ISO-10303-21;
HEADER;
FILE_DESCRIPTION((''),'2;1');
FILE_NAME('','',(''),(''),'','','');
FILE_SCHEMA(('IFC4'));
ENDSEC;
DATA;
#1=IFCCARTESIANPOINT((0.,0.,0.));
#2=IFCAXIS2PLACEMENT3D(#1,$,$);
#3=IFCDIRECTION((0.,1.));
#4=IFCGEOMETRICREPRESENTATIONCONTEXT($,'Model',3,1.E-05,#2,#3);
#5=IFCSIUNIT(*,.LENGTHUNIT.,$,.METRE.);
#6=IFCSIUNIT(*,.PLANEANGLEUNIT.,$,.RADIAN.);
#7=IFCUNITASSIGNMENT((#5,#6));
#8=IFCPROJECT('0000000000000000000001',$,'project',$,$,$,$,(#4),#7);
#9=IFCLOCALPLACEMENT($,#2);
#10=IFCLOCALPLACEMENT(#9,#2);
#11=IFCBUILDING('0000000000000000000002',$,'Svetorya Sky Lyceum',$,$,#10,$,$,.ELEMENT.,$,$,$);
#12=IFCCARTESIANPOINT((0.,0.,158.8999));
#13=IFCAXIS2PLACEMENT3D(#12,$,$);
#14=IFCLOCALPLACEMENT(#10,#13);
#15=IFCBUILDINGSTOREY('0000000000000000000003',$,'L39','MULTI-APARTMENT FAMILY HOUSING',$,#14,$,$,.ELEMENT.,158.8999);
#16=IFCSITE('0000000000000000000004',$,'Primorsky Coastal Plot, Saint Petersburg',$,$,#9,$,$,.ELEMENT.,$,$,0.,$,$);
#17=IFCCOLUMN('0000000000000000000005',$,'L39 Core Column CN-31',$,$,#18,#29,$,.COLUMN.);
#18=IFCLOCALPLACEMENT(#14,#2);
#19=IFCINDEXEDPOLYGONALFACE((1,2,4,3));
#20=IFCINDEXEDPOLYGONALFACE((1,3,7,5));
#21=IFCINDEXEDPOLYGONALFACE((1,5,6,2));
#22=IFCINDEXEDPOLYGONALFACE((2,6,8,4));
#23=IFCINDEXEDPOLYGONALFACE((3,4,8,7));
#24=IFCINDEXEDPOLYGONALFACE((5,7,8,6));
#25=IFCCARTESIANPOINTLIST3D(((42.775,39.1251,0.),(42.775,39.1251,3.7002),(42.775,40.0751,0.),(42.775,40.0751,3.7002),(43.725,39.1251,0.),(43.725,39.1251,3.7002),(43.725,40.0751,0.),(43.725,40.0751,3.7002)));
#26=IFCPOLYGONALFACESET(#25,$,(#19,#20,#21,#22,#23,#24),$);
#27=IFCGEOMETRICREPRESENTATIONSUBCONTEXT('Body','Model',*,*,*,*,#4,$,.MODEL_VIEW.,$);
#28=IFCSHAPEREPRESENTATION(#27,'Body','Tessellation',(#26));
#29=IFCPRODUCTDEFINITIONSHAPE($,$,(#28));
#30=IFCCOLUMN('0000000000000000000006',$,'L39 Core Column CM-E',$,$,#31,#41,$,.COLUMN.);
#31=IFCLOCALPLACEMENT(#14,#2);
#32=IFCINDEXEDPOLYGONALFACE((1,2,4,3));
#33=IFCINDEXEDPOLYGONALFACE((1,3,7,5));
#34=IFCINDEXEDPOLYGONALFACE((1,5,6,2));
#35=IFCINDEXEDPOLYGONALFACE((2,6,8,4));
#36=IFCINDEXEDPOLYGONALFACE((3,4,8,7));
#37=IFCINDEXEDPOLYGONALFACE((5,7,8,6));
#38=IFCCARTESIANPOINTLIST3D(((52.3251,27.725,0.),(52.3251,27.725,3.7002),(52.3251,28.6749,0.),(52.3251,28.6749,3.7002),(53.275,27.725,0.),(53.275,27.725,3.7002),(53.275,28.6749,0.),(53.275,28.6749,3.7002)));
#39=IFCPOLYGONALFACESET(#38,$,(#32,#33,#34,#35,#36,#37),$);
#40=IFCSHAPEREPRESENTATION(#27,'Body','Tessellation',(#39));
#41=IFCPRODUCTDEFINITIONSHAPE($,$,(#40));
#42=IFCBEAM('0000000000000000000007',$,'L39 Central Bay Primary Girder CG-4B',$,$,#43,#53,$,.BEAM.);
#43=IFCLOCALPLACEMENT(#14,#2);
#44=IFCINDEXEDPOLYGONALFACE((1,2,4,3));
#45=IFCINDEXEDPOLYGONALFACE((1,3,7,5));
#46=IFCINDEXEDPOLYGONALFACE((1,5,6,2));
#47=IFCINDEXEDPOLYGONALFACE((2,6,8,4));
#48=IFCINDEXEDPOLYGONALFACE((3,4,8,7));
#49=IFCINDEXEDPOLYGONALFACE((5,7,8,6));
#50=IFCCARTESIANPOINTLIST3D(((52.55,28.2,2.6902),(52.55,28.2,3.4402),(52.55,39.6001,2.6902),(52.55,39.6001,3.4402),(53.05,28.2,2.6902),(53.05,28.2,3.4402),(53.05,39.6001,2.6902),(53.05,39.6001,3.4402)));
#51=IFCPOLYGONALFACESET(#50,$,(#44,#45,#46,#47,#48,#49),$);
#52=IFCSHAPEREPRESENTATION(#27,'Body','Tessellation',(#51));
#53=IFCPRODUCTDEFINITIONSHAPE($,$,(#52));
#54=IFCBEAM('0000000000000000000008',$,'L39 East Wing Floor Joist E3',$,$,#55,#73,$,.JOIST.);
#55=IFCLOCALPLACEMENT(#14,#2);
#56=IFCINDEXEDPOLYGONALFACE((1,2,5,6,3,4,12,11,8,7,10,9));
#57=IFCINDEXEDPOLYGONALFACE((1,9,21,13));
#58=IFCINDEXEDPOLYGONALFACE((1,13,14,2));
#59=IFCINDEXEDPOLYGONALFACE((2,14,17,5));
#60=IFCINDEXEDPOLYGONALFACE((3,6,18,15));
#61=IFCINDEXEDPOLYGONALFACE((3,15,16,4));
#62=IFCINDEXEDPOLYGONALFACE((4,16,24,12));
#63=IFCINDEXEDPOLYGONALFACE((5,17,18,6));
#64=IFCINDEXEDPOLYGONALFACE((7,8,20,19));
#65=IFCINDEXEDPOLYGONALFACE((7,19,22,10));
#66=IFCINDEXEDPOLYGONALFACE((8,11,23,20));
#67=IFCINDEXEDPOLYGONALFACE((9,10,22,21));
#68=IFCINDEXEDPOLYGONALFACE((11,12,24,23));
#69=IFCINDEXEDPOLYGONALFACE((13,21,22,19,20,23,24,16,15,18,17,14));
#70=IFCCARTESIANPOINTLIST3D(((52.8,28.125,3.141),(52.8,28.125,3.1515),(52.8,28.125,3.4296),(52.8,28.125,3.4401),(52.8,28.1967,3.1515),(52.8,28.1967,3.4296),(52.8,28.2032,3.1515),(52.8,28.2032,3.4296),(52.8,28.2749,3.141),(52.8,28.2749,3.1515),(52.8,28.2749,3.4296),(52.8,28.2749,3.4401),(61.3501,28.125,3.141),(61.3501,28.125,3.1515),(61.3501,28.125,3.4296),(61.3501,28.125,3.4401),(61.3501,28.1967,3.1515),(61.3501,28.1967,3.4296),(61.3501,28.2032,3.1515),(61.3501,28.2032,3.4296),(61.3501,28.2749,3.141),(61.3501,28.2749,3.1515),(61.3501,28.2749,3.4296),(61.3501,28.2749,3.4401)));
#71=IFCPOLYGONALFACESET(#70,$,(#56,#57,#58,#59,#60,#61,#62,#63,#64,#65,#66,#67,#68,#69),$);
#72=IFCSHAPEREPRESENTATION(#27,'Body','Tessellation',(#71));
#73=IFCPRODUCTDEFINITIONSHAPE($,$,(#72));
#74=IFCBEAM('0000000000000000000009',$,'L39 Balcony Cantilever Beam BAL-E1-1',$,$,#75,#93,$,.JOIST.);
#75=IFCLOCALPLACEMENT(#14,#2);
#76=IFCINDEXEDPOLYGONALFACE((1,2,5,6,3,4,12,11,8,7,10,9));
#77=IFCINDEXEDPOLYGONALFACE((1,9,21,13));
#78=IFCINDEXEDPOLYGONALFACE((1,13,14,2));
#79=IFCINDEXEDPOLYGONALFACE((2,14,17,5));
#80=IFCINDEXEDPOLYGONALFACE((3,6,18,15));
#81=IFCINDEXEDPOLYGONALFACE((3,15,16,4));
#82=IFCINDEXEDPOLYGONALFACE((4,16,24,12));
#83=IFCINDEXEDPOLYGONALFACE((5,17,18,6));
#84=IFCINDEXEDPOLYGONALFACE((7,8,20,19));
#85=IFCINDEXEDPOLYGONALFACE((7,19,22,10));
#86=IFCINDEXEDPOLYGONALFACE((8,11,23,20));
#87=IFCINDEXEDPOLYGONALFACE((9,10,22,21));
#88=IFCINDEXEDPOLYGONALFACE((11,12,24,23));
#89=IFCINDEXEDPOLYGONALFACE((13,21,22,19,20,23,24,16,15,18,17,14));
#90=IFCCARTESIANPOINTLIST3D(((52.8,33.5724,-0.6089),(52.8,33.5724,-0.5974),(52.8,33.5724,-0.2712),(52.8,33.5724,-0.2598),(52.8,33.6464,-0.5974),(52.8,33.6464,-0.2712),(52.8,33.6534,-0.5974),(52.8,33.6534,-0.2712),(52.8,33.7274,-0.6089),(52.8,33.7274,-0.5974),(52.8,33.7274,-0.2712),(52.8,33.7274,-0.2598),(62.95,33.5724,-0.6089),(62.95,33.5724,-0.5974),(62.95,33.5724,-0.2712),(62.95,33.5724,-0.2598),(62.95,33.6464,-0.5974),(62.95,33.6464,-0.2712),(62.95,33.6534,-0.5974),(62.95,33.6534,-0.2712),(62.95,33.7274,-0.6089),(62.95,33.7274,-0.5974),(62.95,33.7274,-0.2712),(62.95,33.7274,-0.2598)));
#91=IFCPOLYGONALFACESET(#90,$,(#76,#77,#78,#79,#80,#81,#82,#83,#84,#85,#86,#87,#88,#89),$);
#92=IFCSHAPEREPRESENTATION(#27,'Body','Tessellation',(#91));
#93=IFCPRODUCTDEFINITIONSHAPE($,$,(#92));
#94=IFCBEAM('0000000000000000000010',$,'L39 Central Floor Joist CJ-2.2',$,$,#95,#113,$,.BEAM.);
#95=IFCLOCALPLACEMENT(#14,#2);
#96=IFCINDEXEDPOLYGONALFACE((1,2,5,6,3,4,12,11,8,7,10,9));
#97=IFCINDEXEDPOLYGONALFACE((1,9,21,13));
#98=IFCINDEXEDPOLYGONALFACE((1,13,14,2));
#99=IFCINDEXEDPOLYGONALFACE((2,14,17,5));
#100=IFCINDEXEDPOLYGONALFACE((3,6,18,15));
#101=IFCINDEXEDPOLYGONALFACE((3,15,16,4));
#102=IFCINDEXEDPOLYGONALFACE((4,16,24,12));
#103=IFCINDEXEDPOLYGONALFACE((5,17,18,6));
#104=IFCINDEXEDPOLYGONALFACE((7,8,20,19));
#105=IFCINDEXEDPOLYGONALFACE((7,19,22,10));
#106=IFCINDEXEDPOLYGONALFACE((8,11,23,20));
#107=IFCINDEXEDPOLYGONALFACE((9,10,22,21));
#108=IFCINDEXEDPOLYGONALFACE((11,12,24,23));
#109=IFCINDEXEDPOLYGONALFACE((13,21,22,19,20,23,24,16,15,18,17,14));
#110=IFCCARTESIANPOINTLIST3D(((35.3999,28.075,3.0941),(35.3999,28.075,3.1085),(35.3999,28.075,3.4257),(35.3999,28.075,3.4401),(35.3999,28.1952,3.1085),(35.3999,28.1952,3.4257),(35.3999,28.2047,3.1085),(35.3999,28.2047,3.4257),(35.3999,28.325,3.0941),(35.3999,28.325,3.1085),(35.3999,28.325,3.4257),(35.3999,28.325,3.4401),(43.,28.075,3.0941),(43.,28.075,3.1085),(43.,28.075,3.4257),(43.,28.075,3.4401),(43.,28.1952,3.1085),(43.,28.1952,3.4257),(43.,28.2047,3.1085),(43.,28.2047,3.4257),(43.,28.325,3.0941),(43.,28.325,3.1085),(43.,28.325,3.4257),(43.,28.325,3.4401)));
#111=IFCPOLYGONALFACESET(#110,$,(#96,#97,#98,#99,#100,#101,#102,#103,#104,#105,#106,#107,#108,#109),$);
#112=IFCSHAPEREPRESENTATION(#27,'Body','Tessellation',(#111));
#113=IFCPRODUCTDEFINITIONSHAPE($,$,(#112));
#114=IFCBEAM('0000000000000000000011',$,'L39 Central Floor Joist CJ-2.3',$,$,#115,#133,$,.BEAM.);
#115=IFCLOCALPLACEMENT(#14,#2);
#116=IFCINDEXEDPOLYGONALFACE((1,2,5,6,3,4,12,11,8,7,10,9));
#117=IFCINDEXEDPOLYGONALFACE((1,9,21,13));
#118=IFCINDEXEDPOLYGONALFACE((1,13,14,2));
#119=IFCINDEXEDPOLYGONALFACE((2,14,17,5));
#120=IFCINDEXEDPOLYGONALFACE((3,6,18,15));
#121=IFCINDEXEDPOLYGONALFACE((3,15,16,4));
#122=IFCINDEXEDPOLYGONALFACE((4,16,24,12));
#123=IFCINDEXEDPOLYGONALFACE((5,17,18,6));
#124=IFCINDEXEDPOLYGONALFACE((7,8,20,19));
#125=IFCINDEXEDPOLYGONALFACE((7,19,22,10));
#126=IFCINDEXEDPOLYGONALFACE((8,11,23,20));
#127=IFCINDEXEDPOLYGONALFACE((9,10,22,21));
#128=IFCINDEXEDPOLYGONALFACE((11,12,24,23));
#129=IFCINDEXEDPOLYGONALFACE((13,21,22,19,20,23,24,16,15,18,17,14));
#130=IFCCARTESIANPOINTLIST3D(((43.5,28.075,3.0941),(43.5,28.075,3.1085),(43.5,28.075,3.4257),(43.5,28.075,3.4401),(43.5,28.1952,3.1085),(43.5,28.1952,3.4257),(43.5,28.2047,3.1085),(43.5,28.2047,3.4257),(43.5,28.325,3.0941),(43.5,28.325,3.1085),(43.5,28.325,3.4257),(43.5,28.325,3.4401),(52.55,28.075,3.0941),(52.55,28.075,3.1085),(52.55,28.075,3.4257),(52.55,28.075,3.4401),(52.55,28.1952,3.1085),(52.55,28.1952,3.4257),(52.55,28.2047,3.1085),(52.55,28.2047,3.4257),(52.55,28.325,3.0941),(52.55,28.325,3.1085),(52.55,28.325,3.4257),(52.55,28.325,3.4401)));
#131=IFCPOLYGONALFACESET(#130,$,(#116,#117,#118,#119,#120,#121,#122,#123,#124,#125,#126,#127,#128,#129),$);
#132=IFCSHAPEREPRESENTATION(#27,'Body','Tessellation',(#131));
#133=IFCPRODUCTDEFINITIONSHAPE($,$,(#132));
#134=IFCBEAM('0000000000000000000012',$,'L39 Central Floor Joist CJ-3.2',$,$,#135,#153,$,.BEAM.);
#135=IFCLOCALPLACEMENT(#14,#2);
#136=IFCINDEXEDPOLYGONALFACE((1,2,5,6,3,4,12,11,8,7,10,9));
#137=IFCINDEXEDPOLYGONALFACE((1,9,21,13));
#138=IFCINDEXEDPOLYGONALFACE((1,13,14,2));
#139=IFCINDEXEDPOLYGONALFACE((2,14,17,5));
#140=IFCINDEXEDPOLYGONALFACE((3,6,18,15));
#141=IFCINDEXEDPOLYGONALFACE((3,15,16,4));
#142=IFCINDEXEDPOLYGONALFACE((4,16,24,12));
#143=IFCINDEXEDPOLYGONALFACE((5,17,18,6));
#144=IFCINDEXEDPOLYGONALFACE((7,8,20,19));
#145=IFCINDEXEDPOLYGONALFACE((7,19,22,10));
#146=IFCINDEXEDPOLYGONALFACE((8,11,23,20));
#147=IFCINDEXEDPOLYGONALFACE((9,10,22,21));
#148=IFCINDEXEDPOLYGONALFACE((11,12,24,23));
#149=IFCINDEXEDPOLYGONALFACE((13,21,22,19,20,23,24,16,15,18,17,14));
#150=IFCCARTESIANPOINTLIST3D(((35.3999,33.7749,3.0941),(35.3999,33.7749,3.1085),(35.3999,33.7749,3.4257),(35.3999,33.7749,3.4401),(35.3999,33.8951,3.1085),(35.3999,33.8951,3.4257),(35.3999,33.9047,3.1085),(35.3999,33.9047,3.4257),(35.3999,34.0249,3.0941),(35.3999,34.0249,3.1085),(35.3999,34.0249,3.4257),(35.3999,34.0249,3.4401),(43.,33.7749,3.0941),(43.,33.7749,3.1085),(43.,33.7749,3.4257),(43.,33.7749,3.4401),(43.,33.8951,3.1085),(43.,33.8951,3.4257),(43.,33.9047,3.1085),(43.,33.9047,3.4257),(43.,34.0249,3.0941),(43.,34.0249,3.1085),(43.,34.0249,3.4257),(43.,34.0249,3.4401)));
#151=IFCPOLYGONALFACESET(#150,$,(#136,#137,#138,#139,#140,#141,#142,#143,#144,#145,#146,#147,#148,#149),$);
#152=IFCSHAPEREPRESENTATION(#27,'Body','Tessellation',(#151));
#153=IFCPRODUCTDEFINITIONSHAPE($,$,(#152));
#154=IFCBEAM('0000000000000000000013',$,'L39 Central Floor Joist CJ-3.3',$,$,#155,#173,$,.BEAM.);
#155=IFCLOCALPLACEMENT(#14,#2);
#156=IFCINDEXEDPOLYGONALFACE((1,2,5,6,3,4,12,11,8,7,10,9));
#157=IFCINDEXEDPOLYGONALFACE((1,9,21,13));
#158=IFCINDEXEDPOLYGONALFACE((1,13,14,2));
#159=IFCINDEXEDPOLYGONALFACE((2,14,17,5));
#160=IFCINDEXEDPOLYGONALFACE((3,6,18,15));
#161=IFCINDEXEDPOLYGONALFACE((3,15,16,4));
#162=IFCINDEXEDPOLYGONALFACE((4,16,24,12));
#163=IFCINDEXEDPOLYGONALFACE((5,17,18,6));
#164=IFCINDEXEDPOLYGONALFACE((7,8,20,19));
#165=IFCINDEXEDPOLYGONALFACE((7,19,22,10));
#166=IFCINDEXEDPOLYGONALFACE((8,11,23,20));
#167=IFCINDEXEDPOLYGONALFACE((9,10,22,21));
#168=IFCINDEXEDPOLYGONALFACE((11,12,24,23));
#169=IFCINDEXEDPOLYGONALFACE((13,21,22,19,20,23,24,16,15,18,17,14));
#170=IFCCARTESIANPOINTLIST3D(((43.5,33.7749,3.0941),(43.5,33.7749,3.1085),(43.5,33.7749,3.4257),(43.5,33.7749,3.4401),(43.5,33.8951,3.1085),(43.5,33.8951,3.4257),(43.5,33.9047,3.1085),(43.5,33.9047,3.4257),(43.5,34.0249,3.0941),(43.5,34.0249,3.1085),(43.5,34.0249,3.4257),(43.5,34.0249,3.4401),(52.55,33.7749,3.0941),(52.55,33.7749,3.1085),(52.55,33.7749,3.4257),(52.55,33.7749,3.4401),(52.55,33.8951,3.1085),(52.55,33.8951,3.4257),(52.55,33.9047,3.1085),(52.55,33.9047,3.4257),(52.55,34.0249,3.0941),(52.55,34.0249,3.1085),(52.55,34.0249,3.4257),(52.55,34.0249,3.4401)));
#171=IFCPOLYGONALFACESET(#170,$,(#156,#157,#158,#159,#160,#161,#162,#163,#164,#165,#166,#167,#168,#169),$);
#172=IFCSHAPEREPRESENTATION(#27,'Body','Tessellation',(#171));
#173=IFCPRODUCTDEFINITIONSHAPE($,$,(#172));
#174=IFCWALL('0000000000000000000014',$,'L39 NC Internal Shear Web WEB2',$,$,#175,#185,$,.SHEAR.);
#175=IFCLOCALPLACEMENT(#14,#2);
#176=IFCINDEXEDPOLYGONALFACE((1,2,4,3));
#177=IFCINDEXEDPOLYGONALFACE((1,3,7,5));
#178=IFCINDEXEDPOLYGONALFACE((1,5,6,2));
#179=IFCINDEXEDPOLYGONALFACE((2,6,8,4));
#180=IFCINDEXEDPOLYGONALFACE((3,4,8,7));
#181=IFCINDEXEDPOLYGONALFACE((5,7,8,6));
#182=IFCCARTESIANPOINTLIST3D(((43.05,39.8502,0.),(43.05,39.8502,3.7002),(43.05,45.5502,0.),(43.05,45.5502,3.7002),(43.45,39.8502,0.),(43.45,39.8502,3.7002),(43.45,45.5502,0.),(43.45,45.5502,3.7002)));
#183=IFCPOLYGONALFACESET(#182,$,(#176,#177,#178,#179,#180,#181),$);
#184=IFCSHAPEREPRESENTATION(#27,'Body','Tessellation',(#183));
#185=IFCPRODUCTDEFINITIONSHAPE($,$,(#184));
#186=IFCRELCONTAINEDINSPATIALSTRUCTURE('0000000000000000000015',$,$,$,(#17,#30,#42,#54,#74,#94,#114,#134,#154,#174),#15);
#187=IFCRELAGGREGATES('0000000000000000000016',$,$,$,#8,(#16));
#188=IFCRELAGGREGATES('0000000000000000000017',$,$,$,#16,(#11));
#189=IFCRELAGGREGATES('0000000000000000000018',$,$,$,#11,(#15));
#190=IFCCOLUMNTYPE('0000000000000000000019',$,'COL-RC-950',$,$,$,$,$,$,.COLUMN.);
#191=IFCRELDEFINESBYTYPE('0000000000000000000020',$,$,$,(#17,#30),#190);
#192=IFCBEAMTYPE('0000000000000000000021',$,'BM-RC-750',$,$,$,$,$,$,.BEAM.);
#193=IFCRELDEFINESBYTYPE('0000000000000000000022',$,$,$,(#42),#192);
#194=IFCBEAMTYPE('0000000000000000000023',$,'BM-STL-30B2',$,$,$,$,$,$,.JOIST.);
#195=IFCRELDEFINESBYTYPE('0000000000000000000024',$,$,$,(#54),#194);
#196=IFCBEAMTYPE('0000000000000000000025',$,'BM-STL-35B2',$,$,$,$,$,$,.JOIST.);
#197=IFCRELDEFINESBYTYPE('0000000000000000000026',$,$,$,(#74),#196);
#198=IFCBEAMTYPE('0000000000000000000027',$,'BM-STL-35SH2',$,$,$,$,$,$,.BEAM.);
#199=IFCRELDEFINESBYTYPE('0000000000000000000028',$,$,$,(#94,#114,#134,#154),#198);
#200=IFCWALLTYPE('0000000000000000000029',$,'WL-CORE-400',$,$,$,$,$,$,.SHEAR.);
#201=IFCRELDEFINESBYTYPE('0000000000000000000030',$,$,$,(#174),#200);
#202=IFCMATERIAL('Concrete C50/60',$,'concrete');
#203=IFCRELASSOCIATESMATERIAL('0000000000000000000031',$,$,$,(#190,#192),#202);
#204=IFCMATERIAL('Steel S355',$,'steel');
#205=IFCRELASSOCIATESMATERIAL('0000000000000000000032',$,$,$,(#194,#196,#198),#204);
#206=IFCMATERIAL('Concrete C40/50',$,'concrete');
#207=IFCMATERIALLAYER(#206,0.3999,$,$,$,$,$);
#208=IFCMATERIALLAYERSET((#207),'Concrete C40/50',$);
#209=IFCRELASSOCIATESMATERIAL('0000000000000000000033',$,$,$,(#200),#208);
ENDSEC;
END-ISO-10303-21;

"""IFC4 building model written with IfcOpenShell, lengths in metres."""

from ifc_helpers import new_model, si_unit, direction, frame, frame_2d, origin, origin_2d, place, context, subcontext, project, spatial, rectangle, i_section, extrude, material, layer, layer_set, material_profile, profile_set, type_object, element, save


model = new_model("IFC4")

# Units and contexts
model_context = context("Model", 3, precision=1e-05, world=origin(), true_north=direction((0.0, 1.0)))
body_context = subcontext(model_context, "Body", "Model", "MODEL_VIEW")
ifc_project = project(units=[si_unit("LENGTHUNIT", "METRE"), si_unit("PLANEANGLEUNIT", "RADIAN")], contexts=[model_context])

# Site, building, storey
site_placement = place(None, origin())
site = spatial("IfcSite", under=ifc_project, at=site_placement, Name="Primorsky Coastal Plot, Saint Petersburg", CompositionType="ELEMENT", RefElevation=0.0)
building_placement = place(site_placement, origin())
building = spatial("IfcBuilding", under=site, at=building_placement, Name="Svetorya Sky Lyceum", CompositionType="ELEMENT")
storey_placement = place(building_placement, frame((0.0, 0.0, 158.8999)))
storey = spatial("IfcBuildingStorey", under=building, at=storey_placement, Name="L39", Description="MULTI-APARTMENT FAMILY HOUSING", CompositionType="ELEMENT", Elevation=158.8999)

# Columns
ifc_material_1 = material(Name="Concrete C50/60", Category="concrete")
ifc_material_profile_1 = material_profile(ifc_material_1, rectangle(XDim=0.95, YDim=0.95, at=origin_2d()), Name="RC COL 950x950")
ifc_profile_set_1 = profile_set([ifc_material_profile_1], Name="Concrete C50/60")
column_type = type_object("IfcColumnType", Name="COL-RC-950", PredefinedType="COLUMN", material=ifc_profile_set_1)
for number, where, z_axis, x_axis, name in (
    (1, (43.25, 39.6001, 0.0), (0.0, 0.0, 1.0), (1.0, 0.0, 0.0), "L39 Core Column CN-31"),
    (2, (52.8, 28.2, 0.0), (0.0, 0.0, 1.0), (1.0, 0.0, 0.0), "L39 Core Column CM-E"),
):
    element("IfcColumn", number, at=place(storey_placement, frame(where, z_axis=z_axis, x_axis=x_axis)), inside=storey, type_object=column_type, Name=name, PredefinedType="COLUMN", context=body_context, shape_type="SweptSolid", body=[
        extrude(rectangle(XDim=0.95, YDim=0.95, at=origin_2d()), origin(), (0.0, 0.0, 1.0), 3.7002),
    ])

# Beams
ifc_material_profile_2 = material_profile(ifc_material_1, rectangle(XDim=0.5, YDim=0.75, at=origin_2d()), Name="RC BEAM 500x750")
ifc_profile_set_2 = profile_set([ifc_material_profile_2], Name="Concrete C50/60")
beam_type_1 = type_object("IfcBeamType", Name="BM-RC-750", PredefinedType="BEAM", material=ifc_profile_set_2)
beam_1_placement = place(storey_placement, frame((52.8, 28.2, 3.0652), z_axis=(0.0, 1.0, 0.0), x_axis=(-1.0, 0.0, 0.0)))
element("IfcBeam", 3, at=beam_1_placement, inside=storey, type_object=beam_type_1, Name="L39 Central Bay Primary Girder CG-4B", PredefinedType="BEAM", context=body_context, shape_type="SweptSolid", body=[
    extrude(rectangle(XDim=0.5, YDim=0.75, at=origin_2d()), origin(), (0.0, 0.0, 1.0), 11.4001),
])
ifc_material_2 = material(Name="Steel S355", Category="steel")
ifc_material_profile_3 = material_profile(ifc_material_2, i_section(OverallWidth=0.1499, OverallDepth=0.2991, WebThickness=0.0066, FlangeThickness=0.0105, at=origin_2d()), Name="GOST 30B2")
ifc_profile_set_3 = profile_set([ifc_material_profile_3], Name="Steel S355")
beam_type_2 = type_object("IfcBeamType", Name="BM-STL-30B2", PredefinedType="JOIST", material=ifc_profile_set_3)
beam_2_placement = place(storey_placement, frame((52.8, 28.2, 3.2905), z_axis=(1.0, 0.0, 0.0), x_axis=(0.0, 1.0, 0.0)))
element("IfcBeam", 4, at=beam_2_placement, inside=storey, type_object=beam_type_2, Name="L39 East Wing Floor Joist E3", PredefinedType="JOIST", context=body_context, shape_type="SweptSolid", body=[
    extrude(i_section(OverallWidth=0.1499, OverallDepth=0.2991, WebThickness=0.0066, FlangeThickness=0.0105, at=origin_2d()), origin(), (0.0, 0.0, 1.0), 8.55),
])
ifc_material_profile_4 = material_profile(ifc_material_2, i_section(OverallWidth=0.155, OverallDepth=0.3491, WebThickness=0.0071, FlangeThickness=0.0115, at=origin_2d()), Name="GOST 35B2")
ifc_profile_set_4 = profile_set([ifc_material_profile_4], Name="Steel S355")
beam_type_3 = type_object("IfcBeamType", Name="BM-STL-35B2", PredefinedType="JOIST", material=ifc_profile_set_4)
beam_3_placement = place(storey_placement, frame((52.8, 33.6499, -0.4343), z_axis=(1.0, 0.0, 0.0), x_axis=(0.0, 1.0, 0.0)))
element("IfcBeam", 5, at=beam_3_placement, inside=storey, type_object=beam_type_3, Name="L39 Balcony Cantilever Beam BAL-E1-1", PredefinedType="JOIST", context=body_context, shape_type="SweptSolid", body=[
    extrude(i_section(OverallWidth=0.155, OverallDepth=0.3491, WebThickness=0.0071, FlangeThickness=0.0115, at=origin_2d()), origin(), (0.0, 0.0, 1.0), 10.1499),
])
ifc_material_profile_5 = material_profile(ifc_material_2, i_section(OverallWidth=0.25, OverallDepth=0.3459, WebThickness=0.0095, FlangeThickness=0.0144, at=origin_2d()), Name="GOST 35Sh2")
ifc_profile_set_5 = profile_set([ifc_material_profile_5], Name="Steel S355")
beam_type_4 = type_object("IfcBeamType", Name="BM-STL-35SH2", PredefinedType="BEAM", material=ifc_profile_set_5)
beam_4_placement = place(storey_placement, frame((35.3999, 28.2, 3.2671), z_axis=(1.0, 0.0, 0.0), x_axis=(0.0, 1.0, 0.0)))
element("IfcBeam", 6, at=beam_4_placement, inside=storey, type_object=beam_type_4, Name="L39 Central Floor Joist CJ-2.2", PredefinedType="BEAM", context=body_context, shape_type="SweptSolid", body=[
    extrude(i_section(OverallWidth=0.25, OverallDepth=0.3459, WebThickness=0.0095, FlangeThickness=0.0144, at=origin_2d()), origin(), (0.0, 0.0, 1.0), 7.6001),
])
beam_5_placement = place(storey_placement, frame((43.5, 28.2, 3.2671), z_axis=(1.0, 0.0, 0.0), x_axis=(0.0, 1.0, 0.0)))
element("IfcBeam", 7, at=beam_5_placement, inside=storey, type_object=beam_type_4, Name="L39 Central Floor Joist CJ-2.3", PredefinedType="BEAM", context=body_context, shape_type="SweptSolid", body=[
    extrude(i_section(OverallWidth=0.25, OverallDepth=0.3459, WebThickness=0.0095, FlangeThickness=0.0144, at=origin_2d()), origin(), (0.0, 0.0, 1.0), 9.05),
])
beam_6_placement = place(storey_placement, frame((35.3999, 33.8999, 3.2671), z_axis=(1.0, 0.0, 0.0), x_axis=(0.0, 1.0, 0.0)))
element("IfcBeam", 8, at=beam_6_placement, inside=storey, type_object=beam_type_4, Name="L39 Central Floor Joist CJ-3.2", PredefinedType="BEAM", context=body_context, shape_type="SweptSolid", body=[
    extrude(i_section(OverallWidth=0.25, OverallDepth=0.3459, WebThickness=0.0095, FlangeThickness=0.0144, at=origin_2d()), origin(), (0.0, 0.0, 1.0), 7.6001),
])
beam_7_placement = place(storey_placement, frame((43.5, 33.8999, 3.2671), z_axis=(1.0, 0.0, 0.0), x_axis=(0.0, 1.0, 0.0)))
element("IfcBeam", 9, at=beam_7_placement, inside=storey, type_object=beam_type_4, Name="L39 Central Floor Joist CJ-3.3", PredefinedType="BEAM", context=body_context, shape_type="SweptSolid", body=[
    extrude(i_section(OverallWidth=0.25, OverallDepth=0.3459, WebThickness=0.0095, FlangeThickness=0.0144, at=origin_2d()), origin(), (0.0, 0.0, 1.0), 9.05),
])

# Wall
ifc_material_3 = material(Name="Concrete C40/50", Category="concrete")
ifc_layer_1 = layer(ifc_material_3, 0.3999)
ifc_layer_set_1 = layer_set([ifc_layer_1], Name="Concrete C40/50")
wall_type_1 = type_object("IfcWallType", Name="WL-CORE-400", PredefinedType="SHEAR", material=ifc_layer_set_1)
wall_1_placement = place(storey_placement, frame((43.25, 39.8501, 0.0), z_axis=(0.0, 0.0, 1.0), x_axis=(0.0, 1.0, 0.0)))
element("IfcWall", 10, at=wall_1_placement, inside=storey, type_object=wall_type_1, Name="L39 NC Internal Shear Web WEB2", PredefinedType="SHEAR", context=body_context, shape_type="SweptSolid", body=[
    extrude(rectangle(XDim=5.7, YDim=0.3999, at=frame_2d((2.8501, 0.0))), origin(), (0.0, 0.0, 1.0), 3.7002),
])

save(model, "model.ifc")
